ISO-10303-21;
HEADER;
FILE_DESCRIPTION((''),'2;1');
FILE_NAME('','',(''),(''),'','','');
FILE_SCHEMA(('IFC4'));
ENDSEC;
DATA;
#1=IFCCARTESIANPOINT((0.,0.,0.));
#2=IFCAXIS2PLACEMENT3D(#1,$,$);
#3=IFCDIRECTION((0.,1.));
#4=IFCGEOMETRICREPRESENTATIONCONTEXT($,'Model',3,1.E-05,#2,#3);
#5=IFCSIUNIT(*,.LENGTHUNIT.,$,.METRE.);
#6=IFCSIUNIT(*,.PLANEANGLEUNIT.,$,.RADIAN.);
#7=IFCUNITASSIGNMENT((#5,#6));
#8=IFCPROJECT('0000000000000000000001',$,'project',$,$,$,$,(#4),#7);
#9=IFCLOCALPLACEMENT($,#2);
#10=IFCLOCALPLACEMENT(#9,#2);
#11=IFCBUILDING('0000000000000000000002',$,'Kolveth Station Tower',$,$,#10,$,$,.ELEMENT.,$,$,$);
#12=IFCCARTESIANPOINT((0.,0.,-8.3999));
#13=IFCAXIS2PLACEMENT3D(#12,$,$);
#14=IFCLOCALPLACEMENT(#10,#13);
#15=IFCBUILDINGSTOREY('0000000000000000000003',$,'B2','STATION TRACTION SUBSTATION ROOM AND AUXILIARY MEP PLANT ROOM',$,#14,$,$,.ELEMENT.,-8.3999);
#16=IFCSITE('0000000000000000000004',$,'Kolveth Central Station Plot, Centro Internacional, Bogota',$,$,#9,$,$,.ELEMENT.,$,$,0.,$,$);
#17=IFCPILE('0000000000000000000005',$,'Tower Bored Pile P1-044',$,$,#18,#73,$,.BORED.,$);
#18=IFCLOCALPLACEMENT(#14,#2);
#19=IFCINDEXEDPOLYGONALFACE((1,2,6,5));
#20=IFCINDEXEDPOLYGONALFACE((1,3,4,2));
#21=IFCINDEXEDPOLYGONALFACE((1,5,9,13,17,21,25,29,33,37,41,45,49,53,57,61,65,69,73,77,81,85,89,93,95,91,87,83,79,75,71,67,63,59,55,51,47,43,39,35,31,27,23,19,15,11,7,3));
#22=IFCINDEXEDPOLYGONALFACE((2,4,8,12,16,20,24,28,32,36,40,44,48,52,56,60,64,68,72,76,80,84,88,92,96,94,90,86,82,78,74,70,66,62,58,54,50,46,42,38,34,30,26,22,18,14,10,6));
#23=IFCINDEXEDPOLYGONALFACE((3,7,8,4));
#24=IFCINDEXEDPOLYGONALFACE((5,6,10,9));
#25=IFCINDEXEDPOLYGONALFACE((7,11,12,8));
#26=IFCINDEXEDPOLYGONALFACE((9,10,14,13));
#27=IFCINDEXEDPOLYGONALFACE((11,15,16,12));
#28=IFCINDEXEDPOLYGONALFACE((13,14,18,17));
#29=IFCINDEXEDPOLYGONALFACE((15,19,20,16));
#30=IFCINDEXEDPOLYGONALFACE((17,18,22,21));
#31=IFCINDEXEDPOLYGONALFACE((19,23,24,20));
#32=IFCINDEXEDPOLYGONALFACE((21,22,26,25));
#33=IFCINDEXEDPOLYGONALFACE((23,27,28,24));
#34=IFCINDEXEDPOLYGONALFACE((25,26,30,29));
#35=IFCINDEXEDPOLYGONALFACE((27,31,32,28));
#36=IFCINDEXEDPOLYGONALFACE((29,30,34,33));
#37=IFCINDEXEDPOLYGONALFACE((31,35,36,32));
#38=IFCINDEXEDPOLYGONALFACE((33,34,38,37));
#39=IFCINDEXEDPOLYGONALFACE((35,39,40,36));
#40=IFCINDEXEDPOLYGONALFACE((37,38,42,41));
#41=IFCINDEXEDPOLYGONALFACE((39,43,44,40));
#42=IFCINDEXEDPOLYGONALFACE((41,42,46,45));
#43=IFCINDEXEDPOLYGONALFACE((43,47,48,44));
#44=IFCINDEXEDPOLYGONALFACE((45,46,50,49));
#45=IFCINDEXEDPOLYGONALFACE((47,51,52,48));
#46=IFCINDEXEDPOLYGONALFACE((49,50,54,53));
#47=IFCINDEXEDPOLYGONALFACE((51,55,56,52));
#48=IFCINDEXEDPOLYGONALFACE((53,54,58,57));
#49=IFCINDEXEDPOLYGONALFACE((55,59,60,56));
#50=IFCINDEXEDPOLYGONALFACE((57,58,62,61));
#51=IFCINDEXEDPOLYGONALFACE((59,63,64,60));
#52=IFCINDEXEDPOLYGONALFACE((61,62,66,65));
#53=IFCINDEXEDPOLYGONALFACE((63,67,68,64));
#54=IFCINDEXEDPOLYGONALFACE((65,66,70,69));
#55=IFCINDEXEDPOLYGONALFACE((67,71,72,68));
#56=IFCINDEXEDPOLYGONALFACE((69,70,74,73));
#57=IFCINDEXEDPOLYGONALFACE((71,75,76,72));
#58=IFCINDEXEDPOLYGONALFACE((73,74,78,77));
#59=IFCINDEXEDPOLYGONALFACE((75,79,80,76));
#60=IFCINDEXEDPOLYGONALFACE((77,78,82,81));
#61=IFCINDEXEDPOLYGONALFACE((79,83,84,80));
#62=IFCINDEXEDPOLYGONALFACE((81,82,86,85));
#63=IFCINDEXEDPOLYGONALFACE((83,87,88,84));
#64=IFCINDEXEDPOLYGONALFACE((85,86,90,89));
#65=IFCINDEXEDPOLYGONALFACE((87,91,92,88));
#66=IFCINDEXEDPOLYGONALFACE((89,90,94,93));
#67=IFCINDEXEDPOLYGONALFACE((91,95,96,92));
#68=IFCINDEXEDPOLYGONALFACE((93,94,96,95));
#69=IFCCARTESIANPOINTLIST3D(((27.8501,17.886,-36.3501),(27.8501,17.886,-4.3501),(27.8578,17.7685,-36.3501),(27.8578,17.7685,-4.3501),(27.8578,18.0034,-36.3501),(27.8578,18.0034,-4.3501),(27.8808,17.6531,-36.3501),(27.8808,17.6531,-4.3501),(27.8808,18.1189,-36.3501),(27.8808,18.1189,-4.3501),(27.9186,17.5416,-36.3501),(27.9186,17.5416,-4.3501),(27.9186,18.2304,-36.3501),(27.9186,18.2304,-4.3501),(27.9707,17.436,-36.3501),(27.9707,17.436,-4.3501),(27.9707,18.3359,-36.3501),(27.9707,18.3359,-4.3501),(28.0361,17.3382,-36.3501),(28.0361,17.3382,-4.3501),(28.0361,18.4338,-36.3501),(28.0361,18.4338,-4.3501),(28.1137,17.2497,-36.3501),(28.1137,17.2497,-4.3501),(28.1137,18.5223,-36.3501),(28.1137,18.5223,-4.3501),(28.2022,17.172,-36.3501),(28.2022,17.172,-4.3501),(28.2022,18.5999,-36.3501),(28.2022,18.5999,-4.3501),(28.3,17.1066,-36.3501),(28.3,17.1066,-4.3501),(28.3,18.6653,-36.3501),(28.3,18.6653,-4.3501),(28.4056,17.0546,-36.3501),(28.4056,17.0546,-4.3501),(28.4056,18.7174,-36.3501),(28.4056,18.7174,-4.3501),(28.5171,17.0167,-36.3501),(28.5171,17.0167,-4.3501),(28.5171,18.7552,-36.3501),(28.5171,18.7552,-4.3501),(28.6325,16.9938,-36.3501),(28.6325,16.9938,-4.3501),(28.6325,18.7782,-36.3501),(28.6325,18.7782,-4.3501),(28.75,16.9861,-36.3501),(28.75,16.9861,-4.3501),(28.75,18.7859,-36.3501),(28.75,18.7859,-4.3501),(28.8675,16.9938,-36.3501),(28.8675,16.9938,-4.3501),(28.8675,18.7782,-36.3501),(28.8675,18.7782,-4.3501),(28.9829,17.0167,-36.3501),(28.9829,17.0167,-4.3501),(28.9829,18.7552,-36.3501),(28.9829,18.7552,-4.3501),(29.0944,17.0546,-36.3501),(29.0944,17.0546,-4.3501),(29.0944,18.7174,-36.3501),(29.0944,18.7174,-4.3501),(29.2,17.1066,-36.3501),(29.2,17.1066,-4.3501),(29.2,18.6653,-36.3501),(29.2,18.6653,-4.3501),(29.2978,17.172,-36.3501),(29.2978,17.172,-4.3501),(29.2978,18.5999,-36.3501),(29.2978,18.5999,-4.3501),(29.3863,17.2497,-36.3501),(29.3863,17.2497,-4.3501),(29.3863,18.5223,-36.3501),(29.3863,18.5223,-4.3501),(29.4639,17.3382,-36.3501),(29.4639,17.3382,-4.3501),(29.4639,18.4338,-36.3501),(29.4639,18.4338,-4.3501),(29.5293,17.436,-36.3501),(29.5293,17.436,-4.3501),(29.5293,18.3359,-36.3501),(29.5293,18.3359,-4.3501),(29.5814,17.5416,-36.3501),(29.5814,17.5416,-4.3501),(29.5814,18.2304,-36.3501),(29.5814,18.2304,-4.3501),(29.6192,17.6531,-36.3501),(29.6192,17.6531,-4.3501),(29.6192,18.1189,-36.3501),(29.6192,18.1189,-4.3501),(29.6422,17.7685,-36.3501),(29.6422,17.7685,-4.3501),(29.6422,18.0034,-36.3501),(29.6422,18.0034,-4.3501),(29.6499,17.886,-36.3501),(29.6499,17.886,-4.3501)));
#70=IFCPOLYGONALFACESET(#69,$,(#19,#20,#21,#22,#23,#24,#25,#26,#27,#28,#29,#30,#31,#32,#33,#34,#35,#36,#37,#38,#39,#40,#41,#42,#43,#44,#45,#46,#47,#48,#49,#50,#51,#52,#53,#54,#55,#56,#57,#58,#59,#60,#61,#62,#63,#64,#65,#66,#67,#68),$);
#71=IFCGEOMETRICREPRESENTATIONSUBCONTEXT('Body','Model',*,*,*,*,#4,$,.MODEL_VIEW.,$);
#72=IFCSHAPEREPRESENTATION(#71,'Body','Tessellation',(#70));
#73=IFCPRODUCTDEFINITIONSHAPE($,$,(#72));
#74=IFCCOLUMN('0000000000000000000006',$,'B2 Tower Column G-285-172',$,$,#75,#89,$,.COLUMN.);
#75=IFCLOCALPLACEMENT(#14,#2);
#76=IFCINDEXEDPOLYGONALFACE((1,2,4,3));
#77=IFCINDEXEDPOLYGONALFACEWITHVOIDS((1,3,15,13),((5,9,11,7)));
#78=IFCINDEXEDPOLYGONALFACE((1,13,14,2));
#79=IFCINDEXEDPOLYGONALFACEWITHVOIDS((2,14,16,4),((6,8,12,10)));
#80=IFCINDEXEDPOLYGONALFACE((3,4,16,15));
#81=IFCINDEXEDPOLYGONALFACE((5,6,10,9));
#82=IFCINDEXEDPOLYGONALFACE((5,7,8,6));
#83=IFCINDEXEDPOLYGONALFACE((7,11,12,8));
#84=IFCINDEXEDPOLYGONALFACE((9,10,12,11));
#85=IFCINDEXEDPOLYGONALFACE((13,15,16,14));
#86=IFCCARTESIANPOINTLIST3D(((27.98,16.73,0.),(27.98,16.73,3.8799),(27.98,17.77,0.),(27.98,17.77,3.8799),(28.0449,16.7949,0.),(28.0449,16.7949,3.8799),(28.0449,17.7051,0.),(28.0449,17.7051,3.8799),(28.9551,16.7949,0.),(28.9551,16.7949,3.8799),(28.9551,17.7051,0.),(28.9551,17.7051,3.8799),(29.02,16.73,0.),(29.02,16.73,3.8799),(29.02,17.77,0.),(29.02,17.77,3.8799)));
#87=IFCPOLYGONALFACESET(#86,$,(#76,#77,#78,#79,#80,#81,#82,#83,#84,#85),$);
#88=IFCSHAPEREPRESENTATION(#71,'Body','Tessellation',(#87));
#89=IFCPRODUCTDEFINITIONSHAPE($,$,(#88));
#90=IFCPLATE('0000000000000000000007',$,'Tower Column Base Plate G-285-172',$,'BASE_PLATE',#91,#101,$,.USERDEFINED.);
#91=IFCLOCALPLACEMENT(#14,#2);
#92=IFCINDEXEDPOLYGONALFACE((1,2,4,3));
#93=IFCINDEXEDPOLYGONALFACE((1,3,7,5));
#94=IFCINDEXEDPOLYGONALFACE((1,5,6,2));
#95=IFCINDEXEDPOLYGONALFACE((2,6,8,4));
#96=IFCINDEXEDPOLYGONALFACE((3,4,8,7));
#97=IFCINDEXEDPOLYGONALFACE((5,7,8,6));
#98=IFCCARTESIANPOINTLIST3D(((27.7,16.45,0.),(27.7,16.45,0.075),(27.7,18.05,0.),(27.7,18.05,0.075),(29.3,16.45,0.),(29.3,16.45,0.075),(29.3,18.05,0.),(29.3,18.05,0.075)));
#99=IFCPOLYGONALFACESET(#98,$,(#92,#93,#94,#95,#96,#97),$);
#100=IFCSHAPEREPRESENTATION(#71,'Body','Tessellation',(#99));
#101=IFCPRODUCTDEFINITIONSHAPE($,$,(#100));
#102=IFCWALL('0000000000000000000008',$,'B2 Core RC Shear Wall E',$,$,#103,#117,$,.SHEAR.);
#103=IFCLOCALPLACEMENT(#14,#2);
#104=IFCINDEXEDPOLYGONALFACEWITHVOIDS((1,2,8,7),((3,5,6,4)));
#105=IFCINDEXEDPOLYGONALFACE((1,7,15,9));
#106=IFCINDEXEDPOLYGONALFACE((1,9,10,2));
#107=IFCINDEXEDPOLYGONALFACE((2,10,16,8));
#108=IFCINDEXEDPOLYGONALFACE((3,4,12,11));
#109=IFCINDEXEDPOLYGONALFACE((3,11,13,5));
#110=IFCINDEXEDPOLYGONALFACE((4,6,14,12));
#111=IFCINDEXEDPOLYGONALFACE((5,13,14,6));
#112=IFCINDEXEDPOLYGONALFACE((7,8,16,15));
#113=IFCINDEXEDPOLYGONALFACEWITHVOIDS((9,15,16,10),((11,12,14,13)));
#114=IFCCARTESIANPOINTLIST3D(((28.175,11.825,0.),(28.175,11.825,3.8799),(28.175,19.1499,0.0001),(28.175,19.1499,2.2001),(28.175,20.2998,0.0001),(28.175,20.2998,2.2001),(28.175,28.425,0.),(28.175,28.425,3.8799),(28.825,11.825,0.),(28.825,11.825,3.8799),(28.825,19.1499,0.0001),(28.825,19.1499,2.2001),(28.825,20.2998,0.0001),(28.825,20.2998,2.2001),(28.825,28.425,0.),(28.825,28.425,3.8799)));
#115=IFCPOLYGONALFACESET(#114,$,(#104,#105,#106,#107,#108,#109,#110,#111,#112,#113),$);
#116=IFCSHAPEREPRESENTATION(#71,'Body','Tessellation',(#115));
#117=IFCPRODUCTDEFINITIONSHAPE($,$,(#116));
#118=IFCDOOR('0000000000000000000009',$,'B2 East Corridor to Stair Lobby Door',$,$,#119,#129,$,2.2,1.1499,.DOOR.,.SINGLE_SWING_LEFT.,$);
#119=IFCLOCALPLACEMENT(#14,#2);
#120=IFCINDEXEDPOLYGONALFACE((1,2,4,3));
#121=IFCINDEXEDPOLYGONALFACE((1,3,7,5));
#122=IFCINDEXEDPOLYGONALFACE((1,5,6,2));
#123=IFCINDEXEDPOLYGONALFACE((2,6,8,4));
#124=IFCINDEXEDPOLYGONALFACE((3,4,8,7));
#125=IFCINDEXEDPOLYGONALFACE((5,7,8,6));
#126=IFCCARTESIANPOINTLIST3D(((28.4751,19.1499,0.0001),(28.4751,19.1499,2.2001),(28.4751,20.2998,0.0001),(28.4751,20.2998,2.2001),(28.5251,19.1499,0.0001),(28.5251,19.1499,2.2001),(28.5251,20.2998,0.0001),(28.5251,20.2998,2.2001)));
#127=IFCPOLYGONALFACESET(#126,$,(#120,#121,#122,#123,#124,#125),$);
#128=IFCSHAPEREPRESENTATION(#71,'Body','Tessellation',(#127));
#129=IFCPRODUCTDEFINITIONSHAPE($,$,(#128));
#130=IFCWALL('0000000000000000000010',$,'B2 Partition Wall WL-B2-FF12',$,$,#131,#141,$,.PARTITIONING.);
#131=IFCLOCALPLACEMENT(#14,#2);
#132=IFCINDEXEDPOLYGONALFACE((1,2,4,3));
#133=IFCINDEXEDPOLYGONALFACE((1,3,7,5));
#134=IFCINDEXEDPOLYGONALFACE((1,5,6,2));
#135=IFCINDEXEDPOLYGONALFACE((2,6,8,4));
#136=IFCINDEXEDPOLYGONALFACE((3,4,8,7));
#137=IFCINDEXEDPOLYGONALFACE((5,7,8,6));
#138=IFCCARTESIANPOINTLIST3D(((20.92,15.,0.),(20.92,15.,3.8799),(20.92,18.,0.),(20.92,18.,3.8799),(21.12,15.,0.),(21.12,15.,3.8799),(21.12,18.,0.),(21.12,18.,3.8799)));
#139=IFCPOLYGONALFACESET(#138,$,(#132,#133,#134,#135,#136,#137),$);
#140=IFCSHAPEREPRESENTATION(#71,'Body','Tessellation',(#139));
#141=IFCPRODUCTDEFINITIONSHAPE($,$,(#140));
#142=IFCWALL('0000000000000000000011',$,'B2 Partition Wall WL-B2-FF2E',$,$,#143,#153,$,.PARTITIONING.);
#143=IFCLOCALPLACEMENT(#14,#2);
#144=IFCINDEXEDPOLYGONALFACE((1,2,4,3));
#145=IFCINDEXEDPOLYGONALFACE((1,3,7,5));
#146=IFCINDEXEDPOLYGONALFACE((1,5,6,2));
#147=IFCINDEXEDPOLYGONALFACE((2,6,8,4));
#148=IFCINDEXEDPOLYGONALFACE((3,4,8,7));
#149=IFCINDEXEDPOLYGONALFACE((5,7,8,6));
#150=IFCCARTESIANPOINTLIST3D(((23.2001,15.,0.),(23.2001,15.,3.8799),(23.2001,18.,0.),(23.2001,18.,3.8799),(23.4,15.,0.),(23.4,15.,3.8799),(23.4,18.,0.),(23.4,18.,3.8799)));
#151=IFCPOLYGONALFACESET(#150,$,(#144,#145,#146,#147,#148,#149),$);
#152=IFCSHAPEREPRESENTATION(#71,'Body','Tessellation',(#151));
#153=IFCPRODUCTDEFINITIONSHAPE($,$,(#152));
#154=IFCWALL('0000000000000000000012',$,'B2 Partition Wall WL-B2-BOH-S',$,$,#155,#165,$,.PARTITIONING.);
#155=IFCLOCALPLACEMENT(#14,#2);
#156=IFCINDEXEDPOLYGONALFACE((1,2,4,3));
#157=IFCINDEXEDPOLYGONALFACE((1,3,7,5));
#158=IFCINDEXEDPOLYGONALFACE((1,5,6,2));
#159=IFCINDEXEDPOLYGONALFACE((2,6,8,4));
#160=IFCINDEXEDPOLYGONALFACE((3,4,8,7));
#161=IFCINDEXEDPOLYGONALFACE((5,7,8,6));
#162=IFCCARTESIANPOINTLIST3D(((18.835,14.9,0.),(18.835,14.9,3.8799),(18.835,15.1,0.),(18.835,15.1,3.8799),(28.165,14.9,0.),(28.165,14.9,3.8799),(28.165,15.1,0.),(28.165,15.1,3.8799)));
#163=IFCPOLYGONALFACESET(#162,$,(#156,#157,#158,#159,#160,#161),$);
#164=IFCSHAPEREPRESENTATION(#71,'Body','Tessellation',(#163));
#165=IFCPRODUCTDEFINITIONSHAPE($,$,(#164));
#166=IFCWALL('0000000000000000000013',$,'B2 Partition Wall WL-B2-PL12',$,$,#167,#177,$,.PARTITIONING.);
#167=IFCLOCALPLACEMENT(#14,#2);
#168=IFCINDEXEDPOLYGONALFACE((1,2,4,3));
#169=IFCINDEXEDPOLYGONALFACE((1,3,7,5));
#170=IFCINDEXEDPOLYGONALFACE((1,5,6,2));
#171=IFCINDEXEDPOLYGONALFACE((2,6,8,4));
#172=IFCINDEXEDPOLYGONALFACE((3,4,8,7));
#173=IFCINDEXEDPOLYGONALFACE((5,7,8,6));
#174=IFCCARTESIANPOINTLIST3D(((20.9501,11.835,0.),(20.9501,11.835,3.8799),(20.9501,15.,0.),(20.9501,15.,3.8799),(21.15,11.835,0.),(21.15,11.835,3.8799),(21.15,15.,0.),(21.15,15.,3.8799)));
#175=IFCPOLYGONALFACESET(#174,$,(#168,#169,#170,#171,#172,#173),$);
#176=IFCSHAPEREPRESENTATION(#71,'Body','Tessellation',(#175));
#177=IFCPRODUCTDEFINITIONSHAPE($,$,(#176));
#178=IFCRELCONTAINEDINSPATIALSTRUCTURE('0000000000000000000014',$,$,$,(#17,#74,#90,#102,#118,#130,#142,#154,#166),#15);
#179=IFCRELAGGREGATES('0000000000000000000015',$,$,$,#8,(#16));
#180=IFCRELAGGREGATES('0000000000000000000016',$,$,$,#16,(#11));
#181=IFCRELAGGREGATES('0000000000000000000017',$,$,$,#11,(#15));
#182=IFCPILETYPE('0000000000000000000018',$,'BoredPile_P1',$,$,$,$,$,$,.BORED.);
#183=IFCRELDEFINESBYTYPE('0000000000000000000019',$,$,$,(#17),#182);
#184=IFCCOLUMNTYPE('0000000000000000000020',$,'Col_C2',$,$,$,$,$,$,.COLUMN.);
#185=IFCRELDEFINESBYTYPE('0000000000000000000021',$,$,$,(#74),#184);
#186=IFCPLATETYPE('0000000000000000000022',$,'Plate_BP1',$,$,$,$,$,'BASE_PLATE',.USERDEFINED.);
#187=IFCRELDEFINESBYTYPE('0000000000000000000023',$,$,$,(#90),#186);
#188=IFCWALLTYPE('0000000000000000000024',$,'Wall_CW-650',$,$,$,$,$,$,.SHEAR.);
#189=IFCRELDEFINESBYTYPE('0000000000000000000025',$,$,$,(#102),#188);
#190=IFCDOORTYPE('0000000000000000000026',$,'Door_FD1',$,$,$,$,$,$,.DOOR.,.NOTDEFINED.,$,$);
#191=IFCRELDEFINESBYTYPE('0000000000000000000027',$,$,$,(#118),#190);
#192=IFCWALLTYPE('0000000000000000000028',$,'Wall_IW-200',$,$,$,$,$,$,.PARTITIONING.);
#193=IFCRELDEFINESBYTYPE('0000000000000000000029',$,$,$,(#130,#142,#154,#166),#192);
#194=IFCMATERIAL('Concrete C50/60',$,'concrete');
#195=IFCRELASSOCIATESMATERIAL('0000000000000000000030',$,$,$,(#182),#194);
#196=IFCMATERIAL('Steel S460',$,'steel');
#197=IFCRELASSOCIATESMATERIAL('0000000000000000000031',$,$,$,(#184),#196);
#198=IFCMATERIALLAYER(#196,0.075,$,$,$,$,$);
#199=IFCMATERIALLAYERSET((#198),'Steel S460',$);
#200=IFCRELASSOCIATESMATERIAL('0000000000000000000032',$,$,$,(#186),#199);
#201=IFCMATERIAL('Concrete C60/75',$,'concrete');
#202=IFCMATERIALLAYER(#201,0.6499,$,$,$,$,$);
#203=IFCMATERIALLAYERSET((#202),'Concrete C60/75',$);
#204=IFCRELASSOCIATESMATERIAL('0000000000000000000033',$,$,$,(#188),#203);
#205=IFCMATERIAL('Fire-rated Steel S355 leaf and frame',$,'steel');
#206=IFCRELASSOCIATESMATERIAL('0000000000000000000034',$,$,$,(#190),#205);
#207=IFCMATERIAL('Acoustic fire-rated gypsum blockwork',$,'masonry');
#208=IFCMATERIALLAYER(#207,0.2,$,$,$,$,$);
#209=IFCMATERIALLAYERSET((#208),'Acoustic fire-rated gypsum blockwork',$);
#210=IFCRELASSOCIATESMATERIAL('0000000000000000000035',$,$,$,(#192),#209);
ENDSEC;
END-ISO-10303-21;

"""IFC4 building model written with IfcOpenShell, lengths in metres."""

from ifc_helpers import new_model, si_unit, direction, frame, frame_2d, origin, origin_2d, place, context, subcontext, project, spatial, rectangle, hollow_rectangle, circle, extrude, source, transform, mapped, material, layer, layer_set, material_profile, profile_set, type_object, element, fill, save


model = new_model("IFC4")

# Units and contexts
model_context = context("Model", 3, precision=1e-05, world=origin(), true_north=direction((0.0, 1.0)))
body_context = subcontext(model_context, "Body", "Model", "MODEL_VIEW")
ifc_project = project(units=[si_unit("LENGTHUNIT", "METRE"), si_unit("PLANEANGLEUNIT", "RADIAN")], contexts=[model_context])

# Site, building, storey
site_placement = place(None, origin())
site = spatial("IfcSite", under=ifc_project, at=site_placement, Name="Kolveth Central Station Plot, Centro Internacional, Bogota", CompositionType="ELEMENT", RefElevation=0.0)
building_placement = place(site_placement, origin())
building = spatial("IfcBuilding", under=site, at=building_placement, Name="Kolveth Station Tower", CompositionType="ELEMENT")
storey_placement = place(building_placement, frame((0.0, 0.0, -8.3999)))
storey = spatial("IfcBuildingStorey", under=building, at=storey_placement, Name="B2", Description="STATION TRACTION SUBSTATION ROOM AND AUXILIARY MEP PLANT ROOM", CompositionType="ELEMENT", Elevation=-8.3999)

# Pile
ifc_material_1 = material(Name="Concrete C50/60", Category="concrete")
ifc_material_profile_1 = material_profile(ifc_material_1, circle(Radius=0.8999, at=origin_2d()), Name="PILE-D1800")
ifc_profile_set_1 = profile_set([ifc_material_profile_1], Name="Concrete C50/60")
pile_type = type_object("IfcPileType", Name="BoredPile_P1", PredefinedType="BORED", material=ifc_profile_set_1)
shared_shape_1 = source(origin(), body_context, "Body", "SweptSolid", [
    extrude(circle(Radius=0.8999, at=origin_2d()), origin(), (0.0, 0.0, 1.0), 32.0),
])
for number, where, z_axis, x_axis, name in (
    (1, (28.75, 17.886, -4.3501), (0.0, 0.0, -1.0), (1.0, 0.0, 0.0), "Tower Bored Pile P1-044"),
):
    element("IfcPile", number, at=place(storey_placement, frame(where, z_axis=z_axis, x_axis=x_axis)), inside=storey, type_object=pile_type, Name=name, PredefinedType="BORED", context=body_context, shape_type="MappedRepresentation", body=[
        mapped(shared_shape_1, transform((0.0, 0.0, 0.0), x_axis=(1.0, 0.0, 0.0), y_axis=(0.0, 1.0, 0.0), z_axis=(0.0, 0.0, 1.0), scale=1.0)),
    ])

# Column
ifc_material_2 = material(Name="Steel S460", Category="steel")
ifc_material_profile_2 = material_profile(ifc_material_2, hollow_rectangle(XDim=1.04, YDim=1.04, WallThickness=0.0649, at=origin_2d()), Name="BOX1040x1040x65")
ifc_profile_set_2 = profile_set([ifc_material_profile_2], Name="Steel S460")
column_type = type_object("IfcColumnType", Name="Col_C2", PredefinedType="COLUMN", material=ifc_profile_set_2)
shared_shape_2 = source(origin(), body_context, "Body", "SweptSolid", [
    extrude(hollow_rectangle(XDim=1.04, YDim=1.04, WallThickness=0.0649, at=origin_2d()), origin(), (0.0, 0.0, 1.0), 3.8799),
])
column_placement = place(storey_placement, frame((28.5, 17.25, 0.0), z_axis=(0.0, 0.0, 1.0), x_axis=(1.0, 0.0, 0.0)))
element("IfcColumn", 2, at=column_placement, inside=storey, type_object=column_type, Name="B2 Tower Column G-285-172", PredefinedType="COLUMN", context=body_context, shape_type="MappedRepresentation", body=[
    mapped(shared_shape_2, transform((0.0, 0.0, 0.0), x_axis=(1.0, 0.0, 0.0), y_axis=(0.0, 1.0, 0.0), z_axis=(0.0, 0.0, 1.0), scale=1.0)),
])

# Plate
ifc_layer_1 = layer(ifc_material_2, 0.075)
ifc_layer_set_1 = layer_set([ifc_layer_1], Name="Steel S460")
plate_type = type_object("IfcPlateType", Name="Plate_BP1", ElementType="BASE_PLATE", PredefinedType="USERDEFINED", material=ifc_layer_set_1)
shared_shape_3 = source(origin(), body_context, "Body", "SweptSolid", [
    extrude(rectangle(XDim=1.6001, YDim=1.6001, at=origin_2d()), origin(), (0.0, 0.0, 1.0), 0.075),
])
plate_placement = place(storey_placement, frame((28.5, 17.25, 0.0), z_axis=(0.0, 0.0, 1.0), x_axis=(1.0, 0.0, 0.0)))
element("IfcPlate", 3, at=plate_placement, inside=storey, type_object=plate_type, Name="Tower Column Base Plate G-285-172", ObjectType="BASE_PLATE", PredefinedType="USERDEFINED", context=body_context, shape_type="MappedRepresentation", body=[
    mapped(shared_shape_3, transform((0.0, 0.0, 0.0), x_axis=(1.0, 0.0, 0.0), y_axis=(0.0, 1.0, 0.0), z_axis=(0.0, 0.0, 1.0), scale=1.0)),
])

# Wall, opening, door
ifc_material_3 = material(Name="Concrete C60/75", Category="concrete")
ifc_layer_2 = layer(ifc_material_3, 0.6499)
ifc_layer_set_2 = layer_set([ifc_layer_2], Name="Concrete C60/75")
wall_type_1 = type_object("IfcWallType", Name="Wall_CW-650", PredefinedType="SHEAR", material=ifc_layer_set_2)
wall_1_placement = place(storey_placement, frame((28.5, 11.825, 0.0), z_axis=(0.0, 0.0, 1.0), x_axis=(0.0, 1.0, 0.0)))
wall_1 = element("IfcWall", 4, at=wall_1_placement, inside=storey, type_object=wall_type_1, Name="B2 Core RC Shear Wall E", PredefinedType="SHEAR", context=body_context, shape_type="SweptSolid", body=[
    extrude(rectangle(XDim=16.6001, YDim=0.6499, at=frame_2d((8.3, 0.0))), origin(), (0.0, 0.0, 1.0), 3.8799),
])
opening_placement = place(wall_1_placement, frame((7.325, 0.0, 0.0)))
opening = element("IfcOpeningElement", 5, at=opening_placement, cuts=wall_1, PredefinedType="OPENING", context=body_context, shape_type="SweptSolid", body=[
    extrude(rectangle(XDim=1.1499, YDim=2.2, at=frame_2d((0.575, 1.1001))), frame((0.0, 0.335, 0.0), z_axis=(0.0, -1.0, 0.0), x_axis=(1.0, 0.0, 0.0)), (0.0, 0.0, 1.0), 0.6699),
])
ifc_material_4 = material(Name="Fire-rated Steel S355 leaf and frame", Category="steel")
door_type = type_object("IfcDoorType", Name="Door_FD1", OperationType="NOTDEFINED", PredefinedType="DOOR", material=ifc_material_4)
door_placement = place(opening_placement, origin())
door = element("IfcDoor", 6, at=door_placement, inside=storey, type_object=door_type, Name="B2 East Corridor to Stair Lobby Door", OperationType="SINGLE_SWING_LEFT", OverallHeight=2.2, OverallWidth=1.1499, PredefinedType="DOOR", context=body_context, shape_type="SweptSolid", body=[
    extrude(rectangle(XDim=1.1499, YDim=2.2, at=frame_2d((0.575, 1.1001))), frame((0.0, 0.0249, 0.0), z_axis=(0.0, -1.0, 0.0), x_axis=(1.0, 0.0, 0.0)), (0.0, 0.0, 1.0), 0.05),
])
fill(opening, door)

# Walls
ifc_material_5 = material(Name="Acoustic fire-rated gypsum blockwork", Category="masonry")
ifc_layer_3 = layer(ifc_material_5, 0.2)
ifc_layer_set_3 = layer_set([ifc_layer_3], Name="Acoustic fire-rated gypsum blockwork")
wall_type_2 = type_object("IfcWallType", Name="Wall_IW-200", PredefinedType="PARTITIONING", material=ifc_layer_set_3)
for number, where, z_axis, x_axis, name in (
    (7, (21.02, 15.0, 0.0), (0.0, 0.0, 1.0), (0.0, 1.0, 0.0), "B2 Partition Wall WL-B2-FF12"),
    (8, (23.3, 15.0, 0.0), (0.0, 0.0, 1.0), (0.0, 1.0, 0.0), "B2 Partition Wall WL-B2-FF2E"),
):
    element("IfcWall", number, at=place(storey_placement, frame(where, z_axis=z_axis, x_axis=x_axis)), inside=storey, type_object=wall_type_2, Name=name, PredefinedType="PARTITIONING", context=body_context, shape_type="SweptSolid", body=[
        extrude(rectangle(XDim=3.0, YDim=0.2, at=frame_2d((1.5, 0.0))), origin(), (0.0, 0.0, 1.0), 3.8799),
    ])
wall_2_placement = place(storey_placement, frame((18.835, 15.0, 0.0), z_axis=(0.0, 0.0, 1.0), x_axis=(1.0, 0.0, 0.0)))
element("IfcWall", 9, at=wall_2_placement, inside=storey, type_object=wall_type_2, Name="B2 Partition Wall WL-B2-BOH-S", PredefinedType="PARTITIONING", context=body_context, shape_type="SweptSolid", body=[
    extrude(rectangle(XDim=9.3301, YDim=0.2, at=frame_2d((4.665, 0.0))), origin(), (0.0, 0.0, 1.0), 3.8799),
])
for number, where, z_axis, x_axis, name in (
    (10, (21.05, 11.835, 0.0), (0.0, 0.0, 1.0), (0.0, 1.0, 0.0), "B2 Partition Wall WL-B2-PL12"),
):
    element("IfcWall", number, at=place(storey_placement, frame(where, z_axis=z_axis, x_axis=x_axis)), inside=storey, type_object=wall_type_2, Name=name, PredefinedType="PARTITIONING", context=body_context, shape_type="SweptSolid", body=[
        extrude(rectangle(XDim=3.165, YDim=0.2, at=frame_2d((1.5825, 0.0))), origin(), (0.0, 0.0, 1.0), 3.8799),
    ])

save(model, "model.ifc")
